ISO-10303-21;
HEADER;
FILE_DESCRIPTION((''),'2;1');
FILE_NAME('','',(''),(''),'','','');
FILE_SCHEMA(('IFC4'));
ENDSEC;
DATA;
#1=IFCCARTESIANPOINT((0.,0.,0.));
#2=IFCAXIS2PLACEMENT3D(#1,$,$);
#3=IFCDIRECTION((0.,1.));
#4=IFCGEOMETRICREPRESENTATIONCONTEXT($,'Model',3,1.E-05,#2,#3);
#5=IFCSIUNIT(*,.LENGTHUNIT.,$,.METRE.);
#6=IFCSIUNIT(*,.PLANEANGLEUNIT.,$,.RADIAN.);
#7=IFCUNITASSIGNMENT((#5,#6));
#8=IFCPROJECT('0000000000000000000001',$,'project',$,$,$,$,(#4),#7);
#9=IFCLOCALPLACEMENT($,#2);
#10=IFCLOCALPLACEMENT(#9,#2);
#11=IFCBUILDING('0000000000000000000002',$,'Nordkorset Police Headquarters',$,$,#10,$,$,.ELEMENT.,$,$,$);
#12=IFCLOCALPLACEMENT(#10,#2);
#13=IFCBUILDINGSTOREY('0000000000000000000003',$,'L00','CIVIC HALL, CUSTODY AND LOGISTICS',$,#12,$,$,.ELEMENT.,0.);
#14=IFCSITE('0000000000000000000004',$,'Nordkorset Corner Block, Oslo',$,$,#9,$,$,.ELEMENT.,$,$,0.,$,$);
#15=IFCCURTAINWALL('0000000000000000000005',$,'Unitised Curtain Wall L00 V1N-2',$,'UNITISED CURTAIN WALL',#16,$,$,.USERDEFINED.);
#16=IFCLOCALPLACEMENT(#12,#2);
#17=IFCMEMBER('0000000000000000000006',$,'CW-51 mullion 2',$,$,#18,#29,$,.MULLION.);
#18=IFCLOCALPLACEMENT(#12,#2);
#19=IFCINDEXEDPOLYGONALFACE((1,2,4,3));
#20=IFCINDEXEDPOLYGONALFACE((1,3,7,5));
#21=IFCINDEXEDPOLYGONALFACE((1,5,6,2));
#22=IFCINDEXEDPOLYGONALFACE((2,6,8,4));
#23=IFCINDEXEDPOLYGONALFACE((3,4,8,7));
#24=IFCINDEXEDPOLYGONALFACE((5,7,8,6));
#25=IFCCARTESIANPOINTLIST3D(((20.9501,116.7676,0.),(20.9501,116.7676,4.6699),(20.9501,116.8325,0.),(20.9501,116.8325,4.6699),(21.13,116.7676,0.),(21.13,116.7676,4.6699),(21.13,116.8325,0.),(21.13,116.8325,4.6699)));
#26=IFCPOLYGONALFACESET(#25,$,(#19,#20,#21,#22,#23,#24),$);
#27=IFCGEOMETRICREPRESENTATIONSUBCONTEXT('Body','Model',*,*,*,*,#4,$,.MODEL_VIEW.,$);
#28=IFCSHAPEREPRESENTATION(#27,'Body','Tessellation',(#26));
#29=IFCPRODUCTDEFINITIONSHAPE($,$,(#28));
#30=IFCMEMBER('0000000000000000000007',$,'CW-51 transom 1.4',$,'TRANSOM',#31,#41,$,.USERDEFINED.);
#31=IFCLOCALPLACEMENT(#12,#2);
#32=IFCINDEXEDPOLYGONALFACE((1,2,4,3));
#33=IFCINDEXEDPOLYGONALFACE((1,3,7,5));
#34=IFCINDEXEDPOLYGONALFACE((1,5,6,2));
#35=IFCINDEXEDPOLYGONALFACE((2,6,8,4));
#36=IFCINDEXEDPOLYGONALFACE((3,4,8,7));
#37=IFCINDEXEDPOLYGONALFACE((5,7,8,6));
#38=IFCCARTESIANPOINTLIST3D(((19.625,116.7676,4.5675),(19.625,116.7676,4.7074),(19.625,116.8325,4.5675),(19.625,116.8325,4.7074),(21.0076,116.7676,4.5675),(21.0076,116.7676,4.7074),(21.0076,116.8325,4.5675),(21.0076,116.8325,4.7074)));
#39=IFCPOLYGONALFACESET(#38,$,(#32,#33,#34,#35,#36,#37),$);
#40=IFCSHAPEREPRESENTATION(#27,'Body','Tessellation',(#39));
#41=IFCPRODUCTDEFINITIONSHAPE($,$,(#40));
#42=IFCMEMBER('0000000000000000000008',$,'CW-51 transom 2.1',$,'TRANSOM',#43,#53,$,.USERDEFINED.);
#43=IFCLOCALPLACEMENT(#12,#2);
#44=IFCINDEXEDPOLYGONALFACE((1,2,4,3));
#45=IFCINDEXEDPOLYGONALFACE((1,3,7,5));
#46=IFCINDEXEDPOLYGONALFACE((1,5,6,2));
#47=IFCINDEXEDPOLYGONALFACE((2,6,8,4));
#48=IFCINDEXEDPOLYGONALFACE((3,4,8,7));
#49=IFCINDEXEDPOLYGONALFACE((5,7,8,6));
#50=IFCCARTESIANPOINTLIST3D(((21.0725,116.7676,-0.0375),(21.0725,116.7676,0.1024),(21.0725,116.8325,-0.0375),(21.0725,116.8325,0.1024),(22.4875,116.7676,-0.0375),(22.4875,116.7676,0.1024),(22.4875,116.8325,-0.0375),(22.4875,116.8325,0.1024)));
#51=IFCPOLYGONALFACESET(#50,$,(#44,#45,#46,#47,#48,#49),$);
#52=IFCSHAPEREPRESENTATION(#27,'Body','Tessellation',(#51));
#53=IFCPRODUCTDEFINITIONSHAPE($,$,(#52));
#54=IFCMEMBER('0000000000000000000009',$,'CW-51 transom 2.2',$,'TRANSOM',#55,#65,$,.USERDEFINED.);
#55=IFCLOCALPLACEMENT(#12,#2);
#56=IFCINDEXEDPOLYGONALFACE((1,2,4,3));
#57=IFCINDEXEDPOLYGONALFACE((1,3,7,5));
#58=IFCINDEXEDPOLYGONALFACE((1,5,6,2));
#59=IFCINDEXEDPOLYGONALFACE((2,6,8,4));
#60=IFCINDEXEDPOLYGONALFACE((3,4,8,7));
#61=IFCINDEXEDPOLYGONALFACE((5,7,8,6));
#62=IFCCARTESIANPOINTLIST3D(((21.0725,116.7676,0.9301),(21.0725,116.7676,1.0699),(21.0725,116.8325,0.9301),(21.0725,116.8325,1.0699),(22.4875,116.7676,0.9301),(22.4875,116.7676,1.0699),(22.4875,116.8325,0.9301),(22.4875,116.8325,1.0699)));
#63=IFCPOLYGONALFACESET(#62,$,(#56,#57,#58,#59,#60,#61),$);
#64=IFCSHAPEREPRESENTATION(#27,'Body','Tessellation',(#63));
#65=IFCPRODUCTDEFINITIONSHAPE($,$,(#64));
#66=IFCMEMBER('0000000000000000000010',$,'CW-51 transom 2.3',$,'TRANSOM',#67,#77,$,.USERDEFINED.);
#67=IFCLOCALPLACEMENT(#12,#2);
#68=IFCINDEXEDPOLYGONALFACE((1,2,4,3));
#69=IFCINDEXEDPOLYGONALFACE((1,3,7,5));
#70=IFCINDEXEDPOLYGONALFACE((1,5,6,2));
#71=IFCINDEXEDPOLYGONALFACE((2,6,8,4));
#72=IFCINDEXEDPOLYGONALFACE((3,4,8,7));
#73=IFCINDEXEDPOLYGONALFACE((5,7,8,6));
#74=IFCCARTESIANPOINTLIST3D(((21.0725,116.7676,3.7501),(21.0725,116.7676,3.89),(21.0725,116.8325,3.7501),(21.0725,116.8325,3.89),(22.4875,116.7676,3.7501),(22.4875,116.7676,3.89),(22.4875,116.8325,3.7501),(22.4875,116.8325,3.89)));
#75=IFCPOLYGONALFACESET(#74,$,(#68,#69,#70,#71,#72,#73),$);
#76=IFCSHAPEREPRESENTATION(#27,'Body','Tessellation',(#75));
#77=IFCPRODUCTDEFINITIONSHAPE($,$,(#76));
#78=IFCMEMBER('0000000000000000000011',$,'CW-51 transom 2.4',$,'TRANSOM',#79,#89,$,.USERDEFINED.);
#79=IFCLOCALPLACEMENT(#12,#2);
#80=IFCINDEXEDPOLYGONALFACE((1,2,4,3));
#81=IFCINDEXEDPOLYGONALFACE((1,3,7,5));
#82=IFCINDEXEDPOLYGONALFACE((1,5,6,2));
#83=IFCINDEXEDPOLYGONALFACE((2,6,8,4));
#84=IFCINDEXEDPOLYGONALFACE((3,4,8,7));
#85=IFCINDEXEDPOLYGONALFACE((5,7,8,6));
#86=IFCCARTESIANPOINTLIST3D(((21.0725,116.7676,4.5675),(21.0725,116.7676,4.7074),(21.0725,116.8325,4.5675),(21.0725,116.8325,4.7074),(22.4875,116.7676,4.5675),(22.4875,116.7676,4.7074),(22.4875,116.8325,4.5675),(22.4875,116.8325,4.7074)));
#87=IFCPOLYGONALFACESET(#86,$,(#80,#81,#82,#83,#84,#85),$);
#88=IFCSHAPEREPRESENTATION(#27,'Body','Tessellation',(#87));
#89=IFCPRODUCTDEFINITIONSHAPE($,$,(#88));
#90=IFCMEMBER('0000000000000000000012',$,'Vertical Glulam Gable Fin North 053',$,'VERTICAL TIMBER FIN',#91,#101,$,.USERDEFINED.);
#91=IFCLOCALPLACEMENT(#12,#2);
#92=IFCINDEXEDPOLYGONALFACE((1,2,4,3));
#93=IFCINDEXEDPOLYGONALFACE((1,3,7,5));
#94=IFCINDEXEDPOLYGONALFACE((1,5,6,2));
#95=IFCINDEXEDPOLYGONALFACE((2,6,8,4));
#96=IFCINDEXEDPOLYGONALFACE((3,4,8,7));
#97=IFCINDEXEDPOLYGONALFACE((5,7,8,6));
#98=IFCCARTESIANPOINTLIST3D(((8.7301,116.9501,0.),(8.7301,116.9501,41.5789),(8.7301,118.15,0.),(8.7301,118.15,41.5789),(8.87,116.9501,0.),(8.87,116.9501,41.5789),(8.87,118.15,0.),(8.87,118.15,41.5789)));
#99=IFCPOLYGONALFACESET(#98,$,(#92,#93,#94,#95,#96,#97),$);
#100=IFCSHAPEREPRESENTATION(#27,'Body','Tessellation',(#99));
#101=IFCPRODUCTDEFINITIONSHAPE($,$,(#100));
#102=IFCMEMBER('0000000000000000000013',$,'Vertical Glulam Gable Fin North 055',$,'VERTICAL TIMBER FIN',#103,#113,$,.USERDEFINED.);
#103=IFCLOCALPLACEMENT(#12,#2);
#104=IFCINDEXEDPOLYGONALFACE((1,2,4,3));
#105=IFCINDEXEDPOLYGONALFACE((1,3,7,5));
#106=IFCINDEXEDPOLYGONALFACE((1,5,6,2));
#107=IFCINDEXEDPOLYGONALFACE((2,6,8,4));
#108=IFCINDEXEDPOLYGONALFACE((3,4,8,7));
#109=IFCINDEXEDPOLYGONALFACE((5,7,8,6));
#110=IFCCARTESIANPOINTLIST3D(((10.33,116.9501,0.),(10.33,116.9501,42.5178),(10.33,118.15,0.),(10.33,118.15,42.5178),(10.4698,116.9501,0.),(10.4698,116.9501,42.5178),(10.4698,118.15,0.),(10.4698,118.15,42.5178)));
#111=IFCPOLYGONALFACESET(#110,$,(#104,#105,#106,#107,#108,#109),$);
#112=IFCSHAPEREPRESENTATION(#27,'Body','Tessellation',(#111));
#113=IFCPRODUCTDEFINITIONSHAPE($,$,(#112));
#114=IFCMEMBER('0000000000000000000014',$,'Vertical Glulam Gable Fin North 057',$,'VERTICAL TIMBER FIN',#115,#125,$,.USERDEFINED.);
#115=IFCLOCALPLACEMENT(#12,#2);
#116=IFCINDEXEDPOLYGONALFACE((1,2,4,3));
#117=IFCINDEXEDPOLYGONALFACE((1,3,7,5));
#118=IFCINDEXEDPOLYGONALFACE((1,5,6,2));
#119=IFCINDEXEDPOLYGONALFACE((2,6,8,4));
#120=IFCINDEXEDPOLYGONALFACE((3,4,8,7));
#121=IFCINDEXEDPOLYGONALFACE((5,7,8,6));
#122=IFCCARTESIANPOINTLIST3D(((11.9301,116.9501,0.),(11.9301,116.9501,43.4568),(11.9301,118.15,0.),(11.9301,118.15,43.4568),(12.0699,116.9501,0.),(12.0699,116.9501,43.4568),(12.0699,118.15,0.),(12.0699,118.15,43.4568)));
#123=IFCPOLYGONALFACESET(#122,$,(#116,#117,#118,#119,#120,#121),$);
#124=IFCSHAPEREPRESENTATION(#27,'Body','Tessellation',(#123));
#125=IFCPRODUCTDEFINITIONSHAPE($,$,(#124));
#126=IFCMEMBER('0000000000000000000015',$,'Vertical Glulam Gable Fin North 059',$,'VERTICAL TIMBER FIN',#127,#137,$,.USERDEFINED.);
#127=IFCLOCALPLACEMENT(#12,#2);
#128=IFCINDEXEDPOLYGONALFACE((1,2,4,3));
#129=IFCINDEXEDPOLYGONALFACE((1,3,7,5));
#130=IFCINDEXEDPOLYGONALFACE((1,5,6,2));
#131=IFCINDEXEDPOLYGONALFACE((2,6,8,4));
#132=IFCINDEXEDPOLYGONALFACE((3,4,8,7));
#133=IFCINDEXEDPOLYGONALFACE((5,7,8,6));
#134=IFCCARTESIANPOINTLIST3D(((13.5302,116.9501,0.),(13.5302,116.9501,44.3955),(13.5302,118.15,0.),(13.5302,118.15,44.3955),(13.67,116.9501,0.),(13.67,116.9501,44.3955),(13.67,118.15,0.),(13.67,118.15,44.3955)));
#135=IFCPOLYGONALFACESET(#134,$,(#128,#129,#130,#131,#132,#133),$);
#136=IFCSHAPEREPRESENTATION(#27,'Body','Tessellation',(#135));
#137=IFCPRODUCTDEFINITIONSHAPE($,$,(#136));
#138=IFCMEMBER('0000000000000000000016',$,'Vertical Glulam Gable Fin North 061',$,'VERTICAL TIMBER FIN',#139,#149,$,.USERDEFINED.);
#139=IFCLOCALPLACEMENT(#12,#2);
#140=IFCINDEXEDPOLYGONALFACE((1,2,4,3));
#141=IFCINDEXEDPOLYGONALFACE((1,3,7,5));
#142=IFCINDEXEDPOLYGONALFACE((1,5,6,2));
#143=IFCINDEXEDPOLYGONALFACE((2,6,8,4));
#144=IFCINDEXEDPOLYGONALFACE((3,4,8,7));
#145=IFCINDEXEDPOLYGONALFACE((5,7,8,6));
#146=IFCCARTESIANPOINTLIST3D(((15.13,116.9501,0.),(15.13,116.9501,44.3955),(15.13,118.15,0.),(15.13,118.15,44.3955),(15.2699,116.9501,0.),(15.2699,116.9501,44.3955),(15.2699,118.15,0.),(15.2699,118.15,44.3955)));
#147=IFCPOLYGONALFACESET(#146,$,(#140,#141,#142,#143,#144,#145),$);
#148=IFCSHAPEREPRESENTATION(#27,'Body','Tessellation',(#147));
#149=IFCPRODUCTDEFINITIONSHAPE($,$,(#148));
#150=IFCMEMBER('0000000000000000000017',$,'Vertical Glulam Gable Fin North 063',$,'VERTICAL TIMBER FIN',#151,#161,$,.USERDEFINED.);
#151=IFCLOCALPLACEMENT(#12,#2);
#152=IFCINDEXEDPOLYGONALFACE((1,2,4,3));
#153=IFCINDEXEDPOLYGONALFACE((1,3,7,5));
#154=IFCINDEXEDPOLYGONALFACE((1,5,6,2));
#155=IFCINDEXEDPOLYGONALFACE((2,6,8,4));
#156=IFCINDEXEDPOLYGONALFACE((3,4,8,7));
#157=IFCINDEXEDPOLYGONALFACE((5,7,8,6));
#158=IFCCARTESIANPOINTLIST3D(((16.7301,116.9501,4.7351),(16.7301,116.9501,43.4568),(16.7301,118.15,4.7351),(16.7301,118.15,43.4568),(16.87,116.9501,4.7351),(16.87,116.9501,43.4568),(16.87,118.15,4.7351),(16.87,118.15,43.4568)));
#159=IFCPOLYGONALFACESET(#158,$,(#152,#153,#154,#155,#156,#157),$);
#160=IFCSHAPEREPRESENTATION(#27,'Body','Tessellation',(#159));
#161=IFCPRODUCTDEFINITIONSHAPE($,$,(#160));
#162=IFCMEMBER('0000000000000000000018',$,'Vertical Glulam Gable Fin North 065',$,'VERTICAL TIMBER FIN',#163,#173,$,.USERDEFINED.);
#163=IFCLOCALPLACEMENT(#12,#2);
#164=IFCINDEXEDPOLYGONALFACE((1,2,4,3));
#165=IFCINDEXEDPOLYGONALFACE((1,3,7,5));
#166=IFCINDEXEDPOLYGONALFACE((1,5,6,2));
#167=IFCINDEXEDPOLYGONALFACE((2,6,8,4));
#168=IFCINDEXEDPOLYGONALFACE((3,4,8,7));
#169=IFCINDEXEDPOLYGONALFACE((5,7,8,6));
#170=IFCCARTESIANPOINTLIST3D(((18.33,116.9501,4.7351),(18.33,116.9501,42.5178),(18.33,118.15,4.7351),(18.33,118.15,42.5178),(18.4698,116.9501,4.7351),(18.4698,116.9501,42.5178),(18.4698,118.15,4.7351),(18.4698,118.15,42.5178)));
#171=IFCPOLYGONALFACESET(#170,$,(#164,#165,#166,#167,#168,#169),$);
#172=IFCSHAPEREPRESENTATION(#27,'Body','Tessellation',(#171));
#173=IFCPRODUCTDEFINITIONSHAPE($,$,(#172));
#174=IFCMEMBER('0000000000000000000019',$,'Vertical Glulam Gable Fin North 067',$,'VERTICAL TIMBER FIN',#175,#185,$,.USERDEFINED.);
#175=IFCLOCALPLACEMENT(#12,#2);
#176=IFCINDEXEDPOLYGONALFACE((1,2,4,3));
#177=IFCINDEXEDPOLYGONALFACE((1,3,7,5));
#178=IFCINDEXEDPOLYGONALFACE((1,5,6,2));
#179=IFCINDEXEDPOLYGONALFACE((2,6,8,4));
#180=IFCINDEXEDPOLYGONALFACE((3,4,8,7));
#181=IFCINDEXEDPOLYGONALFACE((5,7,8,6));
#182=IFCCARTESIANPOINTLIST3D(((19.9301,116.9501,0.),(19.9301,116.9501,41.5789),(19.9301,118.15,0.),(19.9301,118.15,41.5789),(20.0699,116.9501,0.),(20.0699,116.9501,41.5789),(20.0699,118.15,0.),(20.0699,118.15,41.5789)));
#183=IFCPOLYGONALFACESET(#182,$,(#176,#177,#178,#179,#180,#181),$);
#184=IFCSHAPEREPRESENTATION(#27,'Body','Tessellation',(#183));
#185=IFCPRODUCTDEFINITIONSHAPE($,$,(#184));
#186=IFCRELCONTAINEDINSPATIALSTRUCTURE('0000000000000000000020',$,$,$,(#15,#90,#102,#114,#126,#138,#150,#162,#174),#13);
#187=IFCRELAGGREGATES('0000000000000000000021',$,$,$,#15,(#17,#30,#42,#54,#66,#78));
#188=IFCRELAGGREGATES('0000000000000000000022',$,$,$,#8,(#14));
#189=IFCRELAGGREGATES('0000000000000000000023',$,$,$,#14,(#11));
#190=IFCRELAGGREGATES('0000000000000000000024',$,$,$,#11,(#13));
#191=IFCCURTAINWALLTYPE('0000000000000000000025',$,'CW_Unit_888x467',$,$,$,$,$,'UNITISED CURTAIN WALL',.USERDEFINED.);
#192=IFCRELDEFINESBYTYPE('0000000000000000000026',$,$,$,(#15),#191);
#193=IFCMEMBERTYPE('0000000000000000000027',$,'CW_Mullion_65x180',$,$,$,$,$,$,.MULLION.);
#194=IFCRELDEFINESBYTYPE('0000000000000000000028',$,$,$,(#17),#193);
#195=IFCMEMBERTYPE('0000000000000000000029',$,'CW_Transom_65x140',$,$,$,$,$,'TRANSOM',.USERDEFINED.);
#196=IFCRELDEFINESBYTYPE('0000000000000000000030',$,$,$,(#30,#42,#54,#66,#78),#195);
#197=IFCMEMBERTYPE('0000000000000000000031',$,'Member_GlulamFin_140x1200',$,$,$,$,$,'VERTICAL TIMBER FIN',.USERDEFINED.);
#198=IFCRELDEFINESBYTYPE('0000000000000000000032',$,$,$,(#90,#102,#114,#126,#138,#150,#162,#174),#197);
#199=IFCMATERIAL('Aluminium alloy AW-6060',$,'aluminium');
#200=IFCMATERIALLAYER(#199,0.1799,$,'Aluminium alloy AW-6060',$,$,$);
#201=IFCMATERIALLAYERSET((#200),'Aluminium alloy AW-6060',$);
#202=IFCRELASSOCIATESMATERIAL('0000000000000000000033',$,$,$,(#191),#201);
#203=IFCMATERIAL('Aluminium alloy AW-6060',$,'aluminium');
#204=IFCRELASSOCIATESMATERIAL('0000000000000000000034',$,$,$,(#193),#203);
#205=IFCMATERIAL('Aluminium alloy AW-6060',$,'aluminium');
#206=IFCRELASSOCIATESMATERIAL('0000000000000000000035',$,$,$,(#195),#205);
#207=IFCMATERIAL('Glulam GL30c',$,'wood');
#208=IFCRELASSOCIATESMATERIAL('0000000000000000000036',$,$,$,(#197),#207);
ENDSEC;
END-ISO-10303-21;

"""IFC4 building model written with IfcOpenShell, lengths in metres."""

from ifc_helpers import new_model, si_unit, direction, frame, origin, origin_2d, place, context, subcontext, project, spatial, rectangle, extrude, material, layer, layer_set, material_profile, profile_set, type_object, element, aggregate, save


model = new_model("IFC4")

# Units and contexts
model_context = context("Model", 3, precision=1e-05, world=origin(), true_north=direction((0.0, 1.0)))
body_context = subcontext(model_context, "Body", "Model", "MODEL_VIEW")
ifc_project = project(units=[si_unit("LENGTHUNIT", "METRE"), si_unit("PLANEANGLEUNIT", "RADIAN")], contexts=[model_context])

# Site, building, storey
site_placement = place(None, origin())
site = spatial("IfcSite", under=ifc_project, at=site_placement, Name="Nordkorset Corner Block, Oslo", CompositionType="ELEMENT", RefElevation=0.0)
building_placement = place(site_placement, origin())
building = spatial("IfcBuilding", under=site, at=building_placement, Name="Nordkorset Police Headquarters", CompositionType="ELEMENT")
storey_placement = place(building_placement, origin())
storey = spatial("IfcBuildingStorey", under=building, at=storey_placement, Name="L00", Description="CIVIC HALL, CUSTODY AND LOGISTICS", CompositionType="ELEMENT", Elevation=0.0)

# Curtain wall, members
ifc_material_1 = material(Name="Aluminium alloy AW-6060", Category="aluminium")
ifc_layer_1 = layer(ifc_material_1, 0.1799, Name="Aluminium alloy AW-6060")
ifc_layer_set_1 = layer_set([ifc_layer_1], Name="Aluminium alloy AW-6060")
curtain_wall_type = type_object("IfcCurtainWallType", Name="CW_Unit_888x467", ElementType="UNITISED CURTAIN WALL", PredefinedType="USERDEFINED", material=ifc_layer_set_1)
curtain_wall_placement = place(storey_placement, origin())
curtain_wall = element("IfcCurtainWall", 1, at=curtain_wall_placement, inside=storey, type_object=curtain_wall_type, Name="Unitised Curtain Wall L00 V1N-2", ObjectType="UNITISED CURTAIN WALL", PredefinedType="USERDEFINED")
ifc_material_2 = material(Name="Aluminium alloy AW-6060", Category="aluminium")
ifc_material_profile_1 = material_profile(ifc_material_2, rectangle(XDim=0.0649, YDim=0.1799, at=origin_2d()), Name="ALU MULL 65x180")
ifc_profile_set_1 = profile_set([ifc_material_profile_1], Name="Aluminium alloy AW-6060")
member_type_1 = type_object("IfcMemberType", Name="CW_Mullion_65x180", PredefinedType="MULLION", material=ifc_profile_set_1)
member_1_placement = place(storey_placement, frame((21.04, 116.8, 0.0), z_axis=(0.0, 0.0, 1.0), x_axis=(0.0, 1.0, 0.0)))
member_1 = element("IfcMember", 2, at=member_1_placement, type_object=member_type_1, Name="CW-51 mullion 2", PredefinedType="MULLION", context=body_context, shape_type="SweptSolid", body=[
    extrude(rectangle(XDim=0.0649, YDim=0.1799, at=origin_2d()), origin(), (0.0, 0.0, 1.0), 4.6699),
])
ifc_material_3 = material(Name="Aluminium alloy AW-6060", Category="aluminium")
ifc_material_profile_2 = material_profile(ifc_material_3, rectangle(XDim=0.0649, YDim=0.1399, at=origin_2d()), Name="ALU TRAN 65x140")
ifc_profile_set_2 = profile_set([ifc_material_profile_2], Name="Aluminium alloy AW-6060")
member_type_2 = type_object("IfcMemberType", Name="CW_Transom_65x140", ElementType="TRANSOM", PredefinedType="USERDEFINED", material=ifc_profile_set_2)
member_2_placement = place(storey_placement, frame((19.625, 116.8, 4.6375), z_axis=(1.0, 0.0, 0.0), x_axis=(0.0, 1.0, 0.0)))
member_2 = element("IfcMember", 3, at=member_2_placement, type_object=member_type_2, Name="CW-51 transom 1.4", ObjectType="TRANSOM", PredefinedType="USERDEFINED", context=body_context, shape_type="SweptSolid", body=[
    extrude(rectangle(XDim=0.0649, YDim=0.1399, at=origin_2d()), origin(), (0.0, 0.0, 1.0), 1.3826),
])
member_3_placement = place(storey_placement, frame((21.0725, 116.8, 0.0325), z_axis=(1.0, 0.0, 0.0), x_axis=(0.0, 1.0, 0.0)))
member_3 = element("IfcMember", 4, at=member_3_placement, type_object=member_type_2, Name="CW-51 transom 2.1", ObjectType="TRANSOM", PredefinedType="USERDEFINED", context=body_context, shape_type="SweptSolid", body=[
    extrude(rectangle(XDim=0.0649, YDim=0.1399, at=origin_2d()), origin(), (0.0, 0.0, 1.0), 1.415),
])
member_4_placement = place(storey_placement, frame((21.0725, 116.8, 1.0), z_axis=(1.0, 0.0, 0.0), x_axis=(0.0, 1.0, 0.0)))
member_4 = element("IfcMember", 5, at=member_4_placement, type_object=member_type_2, Name="CW-51 transom 2.2", ObjectType="TRANSOM", PredefinedType="USERDEFINED", context=body_context, shape_type="SweptSolid", body=[
    extrude(rectangle(XDim=0.0649, YDim=0.1399, at=origin_2d()), origin(), (0.0, 0.0, 1.0), 1.415),
])
member_5_placement = place(storey_placement, frame((21.0725, 116.8, 3.8201), z_axis=(1.0, 0.0, 0.0), x_axis=(0.0, 1.0, 0.0)))
member_5 = element("IfcMember", 6, at=member_5_placement, type_object=member_type_2, Name="CW-51 transom 2.3", ObjectType="TRANSOM", PredefinedType="USERDEFINED", context=body_context, shape_type="SweptSolid", body=[
    extrude(rectangle(XDim=0.0649, YDim=0.1399, at=origin_2d()), origin(), (0.0, 0.0, 1.0), 1.415),
])
member_6_placement = place(storey_placement, frame((21.0725, 116.8, 4.6375), z_axis=(1.0, 0.0, 0.0), x_axis=(0.0, 1.0, 0.0)))
member_6 = element("IfcMember", 7, at=member_6_placement, type_object=member_type_2, Name="CW-51 transom 2.4", ObjectType="TRANSOM", PredefinedType="USERDEFINED", context=body_context, shape_type="SweptSolid", body=[
    extrude(rectangle(XDim=0.0649, YDim=0.1399, at=origin_2d()), origin(), (0.0, 0.0, 1.0), 1.415),
])

# Members
ifc_material_4 = material(Name="Glulam GL30c", Category="wood")
ifc_material_profile_3 = material_profile(ifc_material_4, rectangle(XDim=0.1399, YDim=1.2, at=origin_2d()), Name="GL30C FIN 140x1200")
ifc_profile_set_3 = profile_set([ifc_material_profile_3], Name="Glulam GL30c")
member_type_3 = type_object("IfcMemberType", Name="Member_GlulamFin_140x1200", ElementType="VERTICAL TIMBER FIN", PredefinedType="USERDEFINED", material=ifc_profile_set_3)
member_7_placement = place(storey_placement, frame((8.8, 117.55, 0.0), z_axis=(0.0, 0.0, 1.0), x_axis=(1.0, 0.0, 0.0)))
element("IfcMember", 8, at=member_7_placement, inside=storey, type_object=member_type_3, Name="Vertical Glulam Gable Fin North 053", ObjectType="VERTICAL TIMBER FIN", PredefinedType="USERDEFINED", context=body_context, shape_type="SweptSolid", body=[
    extrude(rectangle(XDim=0.1399, YDim=1.2, at=origin_2d()), origin(), (0.0, 0.0, 1.0), 41.5789),
])
member_8_placement = place(storey_placement, frame((10.3999, 117.55, 0.0), z_axis=(0.0, 0.0, 1.0), x_axis=(1.0, 0.0, 0.0)))
element("IfcMember", 9, at=member_8_placement, inside=storey, type_object=member_type_3, Name="Vertical Glulam Gable Fin North 055", ObjectType="VERTICAL TIMBER FIN", PredefinedType="USERDEFINED", context=body_context, shape_type="SweptSolid", body=[
    extrude(rectangle(XDim=0.1399, YDim=1.2, at=origin_2d()), origin(), (0.0, 0.0, 1.0), 42.5178),
])
member_9_placement = place(storey_placement, frame((12.0, 117.55, 0.0), z_axis=(0.0, 0.0, 1.0), x_axis=(1.0, 0.0, 0.0)))
element("IfcMember", 10, at=member_9_placement, inside=storey, type_object=member_type_3, Name="Vertical Glulam Gable Fin North 057", ObjectType="VERTICAL TIMBER FIN", PredefinedType="USERDEFINED", context=body_context, shape_type="SweptSolid", body=[
    extrude(rectangle(XDim=0.1399, YDim=1.2, at=origin_2d()), origin(), (0.0, 0.0, 1.0), 43.4568),
])
for number, where, z_axis, x_axis, name in (
    (11, (13.6001, 117.55, 0.0), (0.0, 0.0, 1.0), (1.0, 0.0, 0.0), "Vertical Glulam Gable Fin North 059"),
    (12, (15.2, 117.55, 0.0), (0.0, 0.0, 1.0), (1.0, 0.0, 0.0), "Vertical Glulam Gable Fin North 061"),
):
    element("IfcMember", number, at=place(storey_placement, frame(where, z_axis=z_axis, x_axis=x_axis)), inside=storey, type_object=member_type_3, Name=name, ObjectType="VERTICAL TIMBER FIN", PredefinedType="USERDEFINED", context=body_context, shape_type="SweptSolid", body=[
        extrude(rectangle(XDim=0.1399, YDim=1.2, at=origin_2d()), origin(), (0.0, 0.0, 1.0), 44.3955),
    ])
member_10_placement = place(storey_placement, frame((16.8, 117.55, 4.7351), z_axis=(0.0, 0.0, 1.0), x_axis=(1.0, 0.0, 0.0)))
element("IfcMember", 13, at=member_10_placement, inside=storey, type_object=member_type_3, Name="Vertical Glulam Gable Fin North 063", ObjectType="VERTICAL TIMBER FIN", PredefinedType="USERDEFINED", context=body_context, shape_type="SweptSolid", body=[
    extrude(rectangle(XDim=0.1399, YDim=1.2, at=origin_2d()), origin(), (0.0, 0.0, 1.0), 38.7217),
])
member_11_placement = place(storey_placement, frame((18.3999, 117.55, 4.7351), z_axis=(0.0, 0.0, 1.0), x_axis=(1.0, 0.0, 0.0)))
element("IfcMember", 14, at=member_11_placement, inside=storey, type_object=member_type_3, Name="Vertical Glulam Gable Fin North 065", ObjectType="VERTICAL TIMBER FIN", PredefinedType="USERDEFINED", context=body_context, shape_type="SweptSolid", body=[
    extrude(rectangle(XDim=0.1399, YDim=1.2, at=origin_2d()), origin(), (0.0, 0.0, 1.0), 37.7827),
])
member_12_placement = place(storey_placement, frame((20.0, 117.55, 0.0), z_axis=(0.0, 0.0, 1.0), x_axis=(1.0, 0.0, 0.0)))
element("IfcMember", 15, at=member_12_placement, inside=storey, type_object=member_type_3, Name="Vertical Glulam Gable Fin North 067", ObjectType="VERTICAL TIMBER FIN", PredefinedType="USERDEFINED", context=body_context, shape_type="SweptSolid", body=[
    extrude(rectangle(XDim=0.1399, YDim=1.2, at=origin_2d()), origin(), (0.0, 0.0, 1.0), 41.5789),
])

aggregate(curtain_wall, [member_1, member_2, member_3, member_4, member_5, member_6])

save(model, "model.ifc")
